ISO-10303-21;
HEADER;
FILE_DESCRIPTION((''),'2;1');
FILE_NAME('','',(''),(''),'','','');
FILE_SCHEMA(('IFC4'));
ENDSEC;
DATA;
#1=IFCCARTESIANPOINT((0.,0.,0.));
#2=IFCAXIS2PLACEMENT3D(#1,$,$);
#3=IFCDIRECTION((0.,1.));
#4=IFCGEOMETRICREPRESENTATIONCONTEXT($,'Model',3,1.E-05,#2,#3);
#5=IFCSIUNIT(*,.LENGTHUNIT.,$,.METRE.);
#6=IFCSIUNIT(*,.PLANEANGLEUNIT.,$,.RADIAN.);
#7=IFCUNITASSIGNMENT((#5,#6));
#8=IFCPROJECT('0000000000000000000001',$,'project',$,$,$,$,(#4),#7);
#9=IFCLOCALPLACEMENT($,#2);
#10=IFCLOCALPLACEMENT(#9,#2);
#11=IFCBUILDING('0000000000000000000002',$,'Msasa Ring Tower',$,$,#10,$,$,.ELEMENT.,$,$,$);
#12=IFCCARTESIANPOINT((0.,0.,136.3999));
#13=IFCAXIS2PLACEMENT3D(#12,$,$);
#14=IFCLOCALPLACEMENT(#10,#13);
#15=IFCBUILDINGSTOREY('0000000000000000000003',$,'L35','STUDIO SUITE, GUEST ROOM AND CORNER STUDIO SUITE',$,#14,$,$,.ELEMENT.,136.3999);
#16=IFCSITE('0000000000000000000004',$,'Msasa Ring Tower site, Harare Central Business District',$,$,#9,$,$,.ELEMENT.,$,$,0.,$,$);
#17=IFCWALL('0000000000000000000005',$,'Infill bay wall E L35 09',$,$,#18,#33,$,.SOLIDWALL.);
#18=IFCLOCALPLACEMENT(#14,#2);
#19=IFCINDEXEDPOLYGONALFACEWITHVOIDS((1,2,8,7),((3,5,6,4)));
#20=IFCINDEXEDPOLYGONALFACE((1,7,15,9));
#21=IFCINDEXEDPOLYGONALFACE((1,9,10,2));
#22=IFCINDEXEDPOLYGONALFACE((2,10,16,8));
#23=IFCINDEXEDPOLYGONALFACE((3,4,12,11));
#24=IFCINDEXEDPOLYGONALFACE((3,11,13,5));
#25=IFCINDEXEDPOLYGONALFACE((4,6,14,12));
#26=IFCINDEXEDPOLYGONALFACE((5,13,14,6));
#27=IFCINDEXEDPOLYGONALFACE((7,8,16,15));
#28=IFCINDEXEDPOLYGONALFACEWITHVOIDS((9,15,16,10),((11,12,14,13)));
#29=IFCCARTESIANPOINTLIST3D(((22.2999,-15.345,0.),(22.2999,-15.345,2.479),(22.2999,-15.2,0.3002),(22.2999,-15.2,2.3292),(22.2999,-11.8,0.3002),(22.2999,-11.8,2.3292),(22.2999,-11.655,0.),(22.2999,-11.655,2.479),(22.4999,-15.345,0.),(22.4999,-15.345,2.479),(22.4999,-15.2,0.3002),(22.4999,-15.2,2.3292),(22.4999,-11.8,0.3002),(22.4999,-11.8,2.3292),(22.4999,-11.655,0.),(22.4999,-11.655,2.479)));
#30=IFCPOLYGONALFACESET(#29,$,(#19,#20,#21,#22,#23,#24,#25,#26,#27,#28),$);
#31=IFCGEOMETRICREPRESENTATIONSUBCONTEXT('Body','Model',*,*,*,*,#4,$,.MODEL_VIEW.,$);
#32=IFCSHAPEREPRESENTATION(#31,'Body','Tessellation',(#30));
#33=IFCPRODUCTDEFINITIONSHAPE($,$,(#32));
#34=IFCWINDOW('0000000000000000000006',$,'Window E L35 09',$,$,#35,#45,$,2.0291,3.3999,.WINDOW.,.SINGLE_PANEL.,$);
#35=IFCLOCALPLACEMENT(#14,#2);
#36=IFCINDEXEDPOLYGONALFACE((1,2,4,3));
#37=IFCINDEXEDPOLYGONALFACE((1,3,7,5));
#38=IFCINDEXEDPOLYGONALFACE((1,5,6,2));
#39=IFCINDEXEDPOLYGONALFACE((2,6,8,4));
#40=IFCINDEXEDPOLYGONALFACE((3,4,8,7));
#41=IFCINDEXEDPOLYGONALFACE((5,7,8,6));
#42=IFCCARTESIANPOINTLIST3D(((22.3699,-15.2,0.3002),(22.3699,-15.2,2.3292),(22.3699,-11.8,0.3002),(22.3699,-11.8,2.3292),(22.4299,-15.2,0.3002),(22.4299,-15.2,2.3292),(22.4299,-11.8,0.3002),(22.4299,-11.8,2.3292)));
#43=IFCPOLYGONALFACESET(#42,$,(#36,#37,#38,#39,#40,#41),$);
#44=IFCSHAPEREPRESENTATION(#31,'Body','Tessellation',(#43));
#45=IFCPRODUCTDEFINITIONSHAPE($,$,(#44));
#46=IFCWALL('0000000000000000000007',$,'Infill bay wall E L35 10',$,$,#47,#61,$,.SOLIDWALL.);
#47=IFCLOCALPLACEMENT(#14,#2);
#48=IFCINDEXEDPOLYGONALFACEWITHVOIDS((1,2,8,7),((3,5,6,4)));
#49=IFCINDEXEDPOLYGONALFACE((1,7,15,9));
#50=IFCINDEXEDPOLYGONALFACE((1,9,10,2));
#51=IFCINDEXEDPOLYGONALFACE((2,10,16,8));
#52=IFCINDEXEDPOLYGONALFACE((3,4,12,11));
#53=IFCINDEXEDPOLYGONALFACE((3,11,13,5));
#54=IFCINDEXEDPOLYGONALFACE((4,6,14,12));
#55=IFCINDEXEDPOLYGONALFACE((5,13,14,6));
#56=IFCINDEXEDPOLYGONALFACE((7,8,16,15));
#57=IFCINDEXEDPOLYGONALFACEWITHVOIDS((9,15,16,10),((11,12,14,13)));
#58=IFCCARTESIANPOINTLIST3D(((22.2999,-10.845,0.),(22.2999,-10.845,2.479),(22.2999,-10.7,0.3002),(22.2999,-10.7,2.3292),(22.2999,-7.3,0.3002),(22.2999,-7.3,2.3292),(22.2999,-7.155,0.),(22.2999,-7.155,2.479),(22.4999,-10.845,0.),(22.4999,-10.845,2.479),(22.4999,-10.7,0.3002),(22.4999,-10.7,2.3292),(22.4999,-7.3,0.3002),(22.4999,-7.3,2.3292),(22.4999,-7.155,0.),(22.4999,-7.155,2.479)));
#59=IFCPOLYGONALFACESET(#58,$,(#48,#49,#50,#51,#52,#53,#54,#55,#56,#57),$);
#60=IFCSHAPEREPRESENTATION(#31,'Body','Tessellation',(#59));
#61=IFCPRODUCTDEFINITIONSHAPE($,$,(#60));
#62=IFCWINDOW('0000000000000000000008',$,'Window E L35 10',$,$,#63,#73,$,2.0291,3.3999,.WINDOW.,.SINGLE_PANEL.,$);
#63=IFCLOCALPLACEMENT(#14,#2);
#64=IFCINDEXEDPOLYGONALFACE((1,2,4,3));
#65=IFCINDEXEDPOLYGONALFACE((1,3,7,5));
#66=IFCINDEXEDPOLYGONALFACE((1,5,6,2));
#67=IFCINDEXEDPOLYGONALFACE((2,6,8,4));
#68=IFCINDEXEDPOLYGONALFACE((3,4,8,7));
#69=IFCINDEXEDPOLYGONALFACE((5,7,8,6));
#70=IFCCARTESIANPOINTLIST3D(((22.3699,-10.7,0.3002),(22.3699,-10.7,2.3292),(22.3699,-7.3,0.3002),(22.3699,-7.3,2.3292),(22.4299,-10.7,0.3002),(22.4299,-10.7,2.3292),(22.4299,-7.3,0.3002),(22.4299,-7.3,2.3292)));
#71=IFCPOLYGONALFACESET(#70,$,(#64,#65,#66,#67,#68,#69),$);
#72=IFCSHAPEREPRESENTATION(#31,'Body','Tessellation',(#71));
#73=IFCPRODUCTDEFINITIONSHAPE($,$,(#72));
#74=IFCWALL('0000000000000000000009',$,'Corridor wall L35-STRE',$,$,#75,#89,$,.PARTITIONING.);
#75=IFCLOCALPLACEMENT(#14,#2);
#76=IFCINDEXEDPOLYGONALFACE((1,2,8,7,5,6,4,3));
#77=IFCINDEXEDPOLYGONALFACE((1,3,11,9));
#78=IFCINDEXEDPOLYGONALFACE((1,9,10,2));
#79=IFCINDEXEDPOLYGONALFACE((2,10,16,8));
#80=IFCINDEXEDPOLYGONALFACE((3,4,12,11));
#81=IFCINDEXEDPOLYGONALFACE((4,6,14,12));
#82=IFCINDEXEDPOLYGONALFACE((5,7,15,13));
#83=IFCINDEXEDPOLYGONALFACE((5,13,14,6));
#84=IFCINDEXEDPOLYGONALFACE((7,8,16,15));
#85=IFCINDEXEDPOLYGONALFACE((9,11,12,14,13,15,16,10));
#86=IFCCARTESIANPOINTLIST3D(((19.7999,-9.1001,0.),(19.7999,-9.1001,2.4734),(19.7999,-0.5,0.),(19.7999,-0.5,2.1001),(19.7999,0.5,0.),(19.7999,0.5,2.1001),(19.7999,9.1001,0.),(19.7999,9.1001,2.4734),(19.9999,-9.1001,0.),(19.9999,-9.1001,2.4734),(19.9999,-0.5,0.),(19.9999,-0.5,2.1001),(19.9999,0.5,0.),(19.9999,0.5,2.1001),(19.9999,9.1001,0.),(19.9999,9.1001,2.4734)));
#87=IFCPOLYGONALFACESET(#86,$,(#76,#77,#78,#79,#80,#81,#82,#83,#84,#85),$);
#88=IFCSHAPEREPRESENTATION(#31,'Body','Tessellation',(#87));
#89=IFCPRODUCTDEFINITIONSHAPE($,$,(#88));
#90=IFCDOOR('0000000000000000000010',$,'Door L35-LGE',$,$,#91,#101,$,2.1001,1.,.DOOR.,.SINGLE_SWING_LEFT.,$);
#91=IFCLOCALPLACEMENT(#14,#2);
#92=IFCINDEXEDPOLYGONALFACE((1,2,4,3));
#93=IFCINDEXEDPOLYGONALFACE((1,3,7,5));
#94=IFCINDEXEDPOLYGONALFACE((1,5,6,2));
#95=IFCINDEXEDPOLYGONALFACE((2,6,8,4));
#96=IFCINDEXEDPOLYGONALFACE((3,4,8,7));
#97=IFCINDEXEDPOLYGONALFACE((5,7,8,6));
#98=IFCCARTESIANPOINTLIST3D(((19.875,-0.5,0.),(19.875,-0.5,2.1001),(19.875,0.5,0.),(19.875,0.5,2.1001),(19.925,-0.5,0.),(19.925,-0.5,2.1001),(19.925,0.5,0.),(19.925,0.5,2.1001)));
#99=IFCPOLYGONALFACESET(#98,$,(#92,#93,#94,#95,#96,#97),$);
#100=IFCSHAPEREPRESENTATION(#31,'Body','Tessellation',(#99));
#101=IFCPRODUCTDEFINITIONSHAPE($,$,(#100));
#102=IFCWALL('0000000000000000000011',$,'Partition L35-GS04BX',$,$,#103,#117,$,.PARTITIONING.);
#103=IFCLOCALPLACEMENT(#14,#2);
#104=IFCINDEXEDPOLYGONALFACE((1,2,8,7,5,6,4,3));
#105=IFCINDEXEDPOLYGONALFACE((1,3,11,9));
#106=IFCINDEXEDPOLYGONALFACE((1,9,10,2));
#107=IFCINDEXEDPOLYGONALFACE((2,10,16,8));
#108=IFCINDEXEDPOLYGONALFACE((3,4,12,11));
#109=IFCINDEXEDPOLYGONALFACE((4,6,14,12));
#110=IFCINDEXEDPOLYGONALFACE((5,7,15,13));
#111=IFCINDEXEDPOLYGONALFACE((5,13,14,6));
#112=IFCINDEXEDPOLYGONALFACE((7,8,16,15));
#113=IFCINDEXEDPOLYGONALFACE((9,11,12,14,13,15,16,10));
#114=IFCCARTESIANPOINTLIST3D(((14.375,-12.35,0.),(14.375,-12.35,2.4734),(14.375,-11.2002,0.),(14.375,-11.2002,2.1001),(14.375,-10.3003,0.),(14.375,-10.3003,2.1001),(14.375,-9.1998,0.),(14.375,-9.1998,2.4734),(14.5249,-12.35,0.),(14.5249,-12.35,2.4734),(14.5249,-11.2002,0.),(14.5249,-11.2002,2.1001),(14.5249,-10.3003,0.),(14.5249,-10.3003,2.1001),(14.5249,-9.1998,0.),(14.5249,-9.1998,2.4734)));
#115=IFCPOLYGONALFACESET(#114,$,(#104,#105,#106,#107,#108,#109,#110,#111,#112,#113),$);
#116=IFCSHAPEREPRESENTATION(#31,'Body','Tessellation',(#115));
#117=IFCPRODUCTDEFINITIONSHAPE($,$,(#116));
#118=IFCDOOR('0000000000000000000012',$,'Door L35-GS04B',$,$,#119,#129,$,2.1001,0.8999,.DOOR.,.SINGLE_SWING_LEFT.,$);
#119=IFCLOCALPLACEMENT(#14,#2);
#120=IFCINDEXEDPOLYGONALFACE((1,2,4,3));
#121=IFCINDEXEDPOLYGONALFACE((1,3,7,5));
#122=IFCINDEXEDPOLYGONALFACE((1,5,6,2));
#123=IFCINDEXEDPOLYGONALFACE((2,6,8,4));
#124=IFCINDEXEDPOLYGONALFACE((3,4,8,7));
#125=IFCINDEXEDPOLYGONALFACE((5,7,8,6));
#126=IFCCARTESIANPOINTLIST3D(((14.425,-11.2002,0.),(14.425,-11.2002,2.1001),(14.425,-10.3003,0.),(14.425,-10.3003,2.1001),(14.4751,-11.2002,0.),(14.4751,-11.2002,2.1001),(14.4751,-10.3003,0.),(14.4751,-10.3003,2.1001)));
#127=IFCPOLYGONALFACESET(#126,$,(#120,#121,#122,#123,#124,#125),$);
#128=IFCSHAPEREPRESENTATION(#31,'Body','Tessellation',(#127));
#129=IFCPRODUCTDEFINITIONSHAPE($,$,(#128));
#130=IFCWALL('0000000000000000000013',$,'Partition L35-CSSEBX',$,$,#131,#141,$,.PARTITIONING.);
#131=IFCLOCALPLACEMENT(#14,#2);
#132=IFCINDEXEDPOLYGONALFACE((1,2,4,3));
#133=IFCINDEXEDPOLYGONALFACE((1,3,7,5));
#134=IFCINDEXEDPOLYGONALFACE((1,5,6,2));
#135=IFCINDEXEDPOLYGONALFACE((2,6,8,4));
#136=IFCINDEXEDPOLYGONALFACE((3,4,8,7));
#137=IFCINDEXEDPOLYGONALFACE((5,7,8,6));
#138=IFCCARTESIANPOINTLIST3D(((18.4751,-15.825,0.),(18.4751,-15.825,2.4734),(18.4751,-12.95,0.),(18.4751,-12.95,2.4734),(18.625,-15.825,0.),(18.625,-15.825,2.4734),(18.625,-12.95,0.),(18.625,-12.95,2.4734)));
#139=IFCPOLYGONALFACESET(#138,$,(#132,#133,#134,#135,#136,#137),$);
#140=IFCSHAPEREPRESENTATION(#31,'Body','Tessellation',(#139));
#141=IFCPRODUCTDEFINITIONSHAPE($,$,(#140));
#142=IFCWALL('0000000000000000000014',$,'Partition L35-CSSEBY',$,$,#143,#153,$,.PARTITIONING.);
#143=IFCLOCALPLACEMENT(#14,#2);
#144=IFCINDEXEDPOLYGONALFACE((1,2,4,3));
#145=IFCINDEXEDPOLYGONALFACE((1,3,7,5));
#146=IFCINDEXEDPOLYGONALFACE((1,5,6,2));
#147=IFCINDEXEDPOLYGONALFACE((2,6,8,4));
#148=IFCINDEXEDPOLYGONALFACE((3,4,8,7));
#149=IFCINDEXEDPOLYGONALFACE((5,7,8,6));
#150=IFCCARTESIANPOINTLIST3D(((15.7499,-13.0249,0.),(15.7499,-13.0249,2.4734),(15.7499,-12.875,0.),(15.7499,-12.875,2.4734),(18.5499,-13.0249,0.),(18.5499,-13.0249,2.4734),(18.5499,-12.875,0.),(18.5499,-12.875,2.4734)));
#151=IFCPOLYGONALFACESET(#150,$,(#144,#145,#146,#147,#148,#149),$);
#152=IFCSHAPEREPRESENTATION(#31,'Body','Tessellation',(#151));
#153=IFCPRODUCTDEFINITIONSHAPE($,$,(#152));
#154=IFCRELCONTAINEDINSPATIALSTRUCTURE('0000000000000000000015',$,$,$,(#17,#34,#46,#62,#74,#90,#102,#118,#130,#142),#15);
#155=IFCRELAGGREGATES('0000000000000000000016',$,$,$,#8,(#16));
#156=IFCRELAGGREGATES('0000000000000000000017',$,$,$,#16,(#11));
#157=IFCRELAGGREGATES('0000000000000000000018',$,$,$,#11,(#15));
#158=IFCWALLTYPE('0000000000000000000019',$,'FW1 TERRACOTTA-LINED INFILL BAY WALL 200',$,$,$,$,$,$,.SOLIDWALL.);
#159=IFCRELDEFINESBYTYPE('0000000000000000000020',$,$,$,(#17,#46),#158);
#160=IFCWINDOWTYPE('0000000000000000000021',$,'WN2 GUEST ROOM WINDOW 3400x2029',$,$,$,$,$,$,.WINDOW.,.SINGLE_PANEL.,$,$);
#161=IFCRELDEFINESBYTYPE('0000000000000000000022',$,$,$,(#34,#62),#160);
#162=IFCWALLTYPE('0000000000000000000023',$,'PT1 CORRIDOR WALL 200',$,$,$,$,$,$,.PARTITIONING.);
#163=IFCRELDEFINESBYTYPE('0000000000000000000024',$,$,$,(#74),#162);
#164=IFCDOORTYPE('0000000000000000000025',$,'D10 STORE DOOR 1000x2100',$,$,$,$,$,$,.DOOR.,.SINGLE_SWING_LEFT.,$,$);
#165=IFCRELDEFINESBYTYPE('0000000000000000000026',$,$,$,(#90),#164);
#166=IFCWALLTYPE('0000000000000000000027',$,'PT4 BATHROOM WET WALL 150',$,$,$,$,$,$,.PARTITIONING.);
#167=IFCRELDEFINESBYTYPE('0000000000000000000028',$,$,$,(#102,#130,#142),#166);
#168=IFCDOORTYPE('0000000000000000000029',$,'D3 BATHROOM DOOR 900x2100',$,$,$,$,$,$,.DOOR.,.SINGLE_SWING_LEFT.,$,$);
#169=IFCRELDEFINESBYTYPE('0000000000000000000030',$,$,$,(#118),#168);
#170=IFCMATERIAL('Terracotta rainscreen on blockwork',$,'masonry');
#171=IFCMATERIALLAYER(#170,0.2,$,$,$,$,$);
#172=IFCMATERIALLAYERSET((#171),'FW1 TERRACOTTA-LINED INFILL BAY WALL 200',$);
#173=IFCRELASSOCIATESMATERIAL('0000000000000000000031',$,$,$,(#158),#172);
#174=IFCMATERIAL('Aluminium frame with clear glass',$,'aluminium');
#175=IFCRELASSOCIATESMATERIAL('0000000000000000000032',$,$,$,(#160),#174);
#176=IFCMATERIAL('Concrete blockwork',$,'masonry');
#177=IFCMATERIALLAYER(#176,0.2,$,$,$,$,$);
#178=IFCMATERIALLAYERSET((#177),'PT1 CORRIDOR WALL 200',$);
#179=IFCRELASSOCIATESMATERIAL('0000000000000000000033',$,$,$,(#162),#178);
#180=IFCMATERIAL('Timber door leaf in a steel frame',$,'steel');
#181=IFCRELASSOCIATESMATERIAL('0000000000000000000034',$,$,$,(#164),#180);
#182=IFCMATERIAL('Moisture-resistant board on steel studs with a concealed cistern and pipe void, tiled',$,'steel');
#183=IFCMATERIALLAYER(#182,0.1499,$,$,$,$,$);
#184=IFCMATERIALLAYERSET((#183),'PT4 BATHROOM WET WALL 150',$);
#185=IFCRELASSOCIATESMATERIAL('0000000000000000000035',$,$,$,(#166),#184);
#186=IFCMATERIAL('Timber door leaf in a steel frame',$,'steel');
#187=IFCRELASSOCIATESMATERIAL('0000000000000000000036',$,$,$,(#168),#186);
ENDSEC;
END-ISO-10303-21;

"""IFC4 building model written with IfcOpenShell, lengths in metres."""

from ifc_helpers import new_model, si_unit, direction, frame, frame_2d, origin, place, context, subcontext, project, spatial, rectangle, extrude, material, layer, layer_set, type_object, element, fill, save


model = new_model("IFC4")

# Units and contexts
model_context = context("Model", 3, precision=1e-05, world=origin(), true_north=direction((0.0, 1.0)))
body_context = subcontext(model_context, "Body", "Model", "MODEL_VIEW")
ifc_project = project(units=[si_unit("LENGTHUNIT", "METRE"), si_unit("PLANEANGLEUNIT", "RADIAN")], contexts=[model_context])

# Site, building, storey
site_placement = place(None, origin())
site = spatial("IfcSite", under=ifc_project, at=site_placement, Name="Msasa Ring Tower site, Harare Central Business District", CompositionType="ELEMENT", RefElevation=0.0)
building_placement = place(site_placement, origin())
building = spatial("IfcBuilding", under=site, at=building_placement, Name="Msasa Ring Tower", CompositionType="ELEMENT")
storey_placement = place(building_placement, frame((0.0, 0.0, 136.3999)))
storey = spatial("IfcBuildingStorey", under=building, at=storey_placement, Name="L35", Description="STUDIO SUITE, GUEST ROOM AND CORNER STUDIO SUITE", CompositionType="ELEMENT", Elevation=136.3999)

# Walls, openings, windows
ifc_material_1 = material(Name="Terracotta rainscreen on blockwork", Category="masonry")
ifc_layer_1 = layer(ifc_material_1, 0.2)
ifc_layer_set_1 = layer_set([ifc_layer_1], Name="FW1 TERRACOTTA-LINED INFILL BAY WALL 200")
wall_type_1 = type_object("IfcWallType", Name="FW1 TERRACOTTA-LINED INFILL BAY WALL 200", PredefinedType="SOLIDWALL", material=ifc_layer_set_1)
wall_1_placement = place(storey_placement, frame((22.3999, -15.345, 0.0), z_axis=(0.0, 0.0, 1.0), x_axis=(0.0, 1.0, 0.0)))
wall_1 = element("IfcWall", 1, at=wall_1_placement, inside=storey, type_object=wall_type_1, Name="Infill bay wall E L35 09", PredefinedType="SOLIDWALL", context=body_context, shape_type="SweptSolid", body=[
    extrude(rectangle(XDim=3.6899, YDim=0.2, at=frame_2d((1.845, 0.0))), origin(), (0.0, 0.0, 1.0), 2.479),
])
opening_1_placement = place(wall_1_placement, frame((0.145, 0.0, 0.3)))
opening_1 = element("IfcOpeningElement", 2, at=opening_1_placement, cuts=wall_1, PredefinedType="OPENING", context=body_context, shape_type="SweptSolid", body=[
    extrude(rectangle(XDim=3.3999, YDim=2.0291, at=frame_2d((1.7, 1.0146))), frame((0.0, 0.1099, 0.0), z_axis=(0.0, -1.0, 0.0), x_axis=(1.0, 0.0, 0.0)), (0.0, 0.0, 1.0), 0.22),
])
ifc_material_2 = material(Name="Aluminium frame with clear glass", Category="aluminium")
window_type = type_object("IfcWindowType", Name="WN2 GUEST ROOM WINDOW 3400x2029", PartitioningType="SINGLE_PANEL", PredefinedType="WINDOW", material=ifc_material_2)
window_1_placement = place(opening_1_placement, origin())
window_1 = element("IfcWindow", 3, at=window_1_placement, inside=storey, type_object=window_type, Name="Window E L35 09", OverallHeight=2.0291, OverallWidth=3.3999, PartitioningType="SINGLE_PANEL", PredefinedType="WINDOW", context=body_context, shape_type="SweptSolid", body=[
    extrude(rectangle(XDim=3.3999, YDim=2.0291, at=frame_2d((1.7, 1.0146))), frame((0.0, 0.03, 0.0), z_axis=(0.0, -1.0, 0.0), x_axis=(1.0, 0.0, 0.0)), (0.0, 0.0, 1.0), 0.0601),
])
fill(opening_1, window_1)
wall_2_placement = place(storey_placement, frame((22.3999, -10.845, 0.0), z_axis=(0.0, 0.0, 1.0), x_axis=(0.0, 1.0, 0.0)))
wall_2 = element("IfcWall", 4, at=wall_2_placement, inside=storey, type_object=wall_type_1, Name="Infill bay wall E L35 10", PredefinedType="SOLIDWALL", context=body_context, shape_type="SweptSolid", body=[
    extrude(rectangle(XDim=3.6899, YDim=0.2, at=frame_2d((1.845, 0.0))), origin(), (0.0, 0.0, 1.0), 2.479),
])
opening_2_placement = place(wall_2_placement, frame((0.145, 0.0, 0.3)))
opening_2 = element("IfcOpeningElement", 5, at=opening_2_placement, cuts=wall_2, PredefinedType="OPENING", context=body_context, shape_type="SweptSolid", body=[
    extrude(rectangle(XDim=3.3999, YDim=2.0291, at=frame_2d((1.7, 1.0146))), frame((0.0, 0.1099, 0.0), z_axis=(0.0, -1.0, 0.0), x_axis=(1.0, 0.0, 0.0)), (0.0, 0.0, 1.0), 0.22),
])
window_2_placement = place(opening_2_placement, origin())
window_2 = element("IfcWindow", 6, at=window_2_placement, inside=storey, type_object=window_type, Name="Window E L35 10", OverallHeight=2.0291, OverallWidth=3.3999, PartitioningType="SINGLE_PANEL", PredefinedType="WINDOW", context=body_context, shape_type="SweptSolid", body=[
    extrude(rectangle(XDim=3.3999, YDim=2.0291, at=frame_2d((1.7, 1.0146))), frame((0.0, 0.03, 0.0), z_axis=(0.0, -1.0, 0.0), x_axis=(1.0, 0.0, 0.0)), (0.0, 0.0, 1.0), 0.0601),
])
fill(opening_2, window_2)

# Walls, openings, doors
ifc_material_3 = material(Name="Concrete blockwork", Category="masonry")
ifc_layer_2 = layer(ifc_material_3, 0.2)
ifc_layer_set_2 = layer_set([ifc_layer_2], Name="PT1 CORRIDOR WALL 200")
wall_type_2 = type_object("IfcWallType", Name="PT1 CORRIDOR WALL 200", PredefinedType="PARTITIONING", material=ifc_layer_set_2)
wall_3_placement = place(storey_placement, frame((19.8999, -9.1001, 0.0), z_axis=(0.0, 0.0, 1.0), x_axis=(0.0, 1.0, 0.0)))
wall_3 = element("IfcWall", 7, at=wall_3_placement, inside=storey, type_object=wall_type_2, Name="Corridor wall L35-STRE", PredefinedType="PARTITIONING", context=body_context, shape_type="SweptSolid", body=[
    extrude(rectangle(XDim=18.2002, YDim=0.2, at=frame_2d((9.1001, 0.0))), origin(), (0.0, 0.0, 1.0), 2.4734),
])
opening_3_placement = place(wall_3_placement, frame((8.6001, 0.0, 0.0)))
opening_3 = element("IfcOpeningElement", 8, at=opening_3_placement, cuts=wall_3, PredefinedType="OPENING", context=body_context, shape_type="SweptSolid", body=[
    extrude(rectangle(XDim=1.0, YDim=2.1001, at=frame_2d((0.5, 1.05))), frame((0.0, 0.1099, 0.0), z_axis=(0.0, -1.0, 0.0), x_axis=(1.0, 0.0, 0.0)), (0.0, 0.0, 1.0), 0.22),
])
ifc_material_4 = material(Name="Timber door leaf in a steel frame", Category="steel")
door_type_1 = type_object("IfcDoorType", Name="D10 STORE DOOR 1000x2100", OperationType="SINGLE_SWING_LEFT", PredefinedType="DOOR", material=ifc_material_4)
door_1_placement = place(opening_3_placement, origin())
door_1 = element("IfcDoor", 9, at=door_1_placement, inside=storey, type_object=door_type_1, Name="Door L35-LGE", OperationType="SINGLE_SWING_LEFT", OverallHeight=2.1001, OverallWidth=1.0, PredefinedType="DOOR", context=body_context, shape_type="SweptSolid", body=[
    extrude(rectangle(XDim=1.0, YDim=2.1001, at=frame_2d((0.5, 1.05))), frame((0.0, 0.0249, 0.0), z_axis=(0.0, -1.0, 0.0), x_axis=(1.0, 0.0, 0.0)), (0.0, 0.0, 1.0), 0.05),
])
fill(opening_3, door_1)
ifc_material_5 = material(Name="Moisture-resistant board on steel studs with a concealed cistern and pipe void, tiled", Category="steel")
ifc_layer_3 = layer(ifc_material_5, 0.1499)
ifc_layer_set_3 = layer_set([ifc_layer_3], Name="PT4 BATHROOM WET WALL 150")
wall_type_3 = type_object("IfcWallType", Name="PT4 BATHROOM WET WALL 150", PredefinedType="PARTITIONING", material=ifc_layer_set_3)
wall_4_placement = place(storey_placement, frame((14.45, -12.3501, 0.0), z_axis=(0.0, 0.0, 1.0), x_axis=(0.0, 1.0, 0.0)))
wall_4 = element("IfcWall", 10, at=wall_4_placement, inside=storey, type_object=wall_type_3, Name="Partition L35-GS04BX", PredefinedType="PARTITIONING", context=body_context, shape_type="SweptSolid", body=[
    extrude(rectangle(XDim=3.1501, YDim=0.1499, at=frame_2d((1.5752, 0.0))), origin(), (0.0, 0.0, 1.0), 2.4734),
])
opening_4_placement = place(wall_4_placement, frame((1.1499, 0.0, 0.0)))
opening_4 = element("IfcOpeningElement", 11, at=opening_4_placement, cuts=wall_4, PredefinedType="OPENING", context=body_context, shape_type="SweptSolid", body=[
    extrude(rectangle(XDim=0.8999, YDim=2.1001, at=frame_2d((0.45, 1.05))), frame((0.0, 0.085, 0.0), z_axis=(0.0, -1.0, 0.0), x_axis=(1.0, 0.0, 0.0)), (0.0, 0.0, 1.0), 0.1699),
])
ifc_material_6 = material(Name="Timber door leaf in a steel frame", Category="steel")
door_type_2 = type_object("IfcDoorType", Name="D3 BATHROOM DOOR 900x2100", OperationType="SINGLE_SWING_LEFT", PredefinedType="DOOR", material=ifc_material_6)
door_2_placement = place(opening_4_placement, origin())
door_2 = element("IfcDoor", 12, at=door_2_placement, inside=storey, type_object=door_type_2, Name="Door L35-GS04B", OperationType="SINGLE_SWING_LEFT", OverallHeight=2.1001, OverallWidth=0.8999, PredefinedType="DOOR", context=body_context, shape_type="SweptSolid", body=[
    extrude(rectangle(XDim=0.8999, YDim=2.1001, at=frame_2d((0.45, 1.05))), frame((0.0, 0.0249, 0.0), z_axis=(0.0, -1.0, 0.0), x_axis=(1.0, 0.0, 0.0)), (0.0, 0.0, 1.0), 0.05),
])
fill(opening_4, door_2)

# Walls
wall_5_placement = place(storey_placement, frame((18.55, -15.825, 0.0), z_axis=(0.0, 0.0, 1.0), x_axis=(0.0, 1.0, 0.0)))
element("IfcWall", 13, at=wall_5_placement, inside=storey, type_object=wall_type_3, Name="Partition L35-CSSEBX", PredefinedType="PARTITIONING", context=body_context, shape_type="SweptSolid", body=[
    extrude(rectangle(XDim=2.875, YDim=0.1499, at=frame_2d((1.4375, 0.0))), origin(), (0.0, 0.0, 1.0), 2.4734),
])
wall_6_placement = place(storey_placement, frame((15.75, -12.95, 0.0), z_axis=(0.0, 0.0, 1.0), x_axis=(1.0, 0.0, 0.0)))
element("IfcWall", 14, at=wall_6_placement, inside=storey, type_object=wall_type_3, Name="Partition L35-CSSEBY", PredefinedType="PARTITIONING", context=body_context, shape_type="SweptSolid", body=[
    extrude(rectangle(XDim=2.8, YDim=0.1499, at=frame_2d((1.3999, 0.0))), origin(), (0.0, 0.0, 1.0), 2.4734),
])

save(model, "model.ifc")
